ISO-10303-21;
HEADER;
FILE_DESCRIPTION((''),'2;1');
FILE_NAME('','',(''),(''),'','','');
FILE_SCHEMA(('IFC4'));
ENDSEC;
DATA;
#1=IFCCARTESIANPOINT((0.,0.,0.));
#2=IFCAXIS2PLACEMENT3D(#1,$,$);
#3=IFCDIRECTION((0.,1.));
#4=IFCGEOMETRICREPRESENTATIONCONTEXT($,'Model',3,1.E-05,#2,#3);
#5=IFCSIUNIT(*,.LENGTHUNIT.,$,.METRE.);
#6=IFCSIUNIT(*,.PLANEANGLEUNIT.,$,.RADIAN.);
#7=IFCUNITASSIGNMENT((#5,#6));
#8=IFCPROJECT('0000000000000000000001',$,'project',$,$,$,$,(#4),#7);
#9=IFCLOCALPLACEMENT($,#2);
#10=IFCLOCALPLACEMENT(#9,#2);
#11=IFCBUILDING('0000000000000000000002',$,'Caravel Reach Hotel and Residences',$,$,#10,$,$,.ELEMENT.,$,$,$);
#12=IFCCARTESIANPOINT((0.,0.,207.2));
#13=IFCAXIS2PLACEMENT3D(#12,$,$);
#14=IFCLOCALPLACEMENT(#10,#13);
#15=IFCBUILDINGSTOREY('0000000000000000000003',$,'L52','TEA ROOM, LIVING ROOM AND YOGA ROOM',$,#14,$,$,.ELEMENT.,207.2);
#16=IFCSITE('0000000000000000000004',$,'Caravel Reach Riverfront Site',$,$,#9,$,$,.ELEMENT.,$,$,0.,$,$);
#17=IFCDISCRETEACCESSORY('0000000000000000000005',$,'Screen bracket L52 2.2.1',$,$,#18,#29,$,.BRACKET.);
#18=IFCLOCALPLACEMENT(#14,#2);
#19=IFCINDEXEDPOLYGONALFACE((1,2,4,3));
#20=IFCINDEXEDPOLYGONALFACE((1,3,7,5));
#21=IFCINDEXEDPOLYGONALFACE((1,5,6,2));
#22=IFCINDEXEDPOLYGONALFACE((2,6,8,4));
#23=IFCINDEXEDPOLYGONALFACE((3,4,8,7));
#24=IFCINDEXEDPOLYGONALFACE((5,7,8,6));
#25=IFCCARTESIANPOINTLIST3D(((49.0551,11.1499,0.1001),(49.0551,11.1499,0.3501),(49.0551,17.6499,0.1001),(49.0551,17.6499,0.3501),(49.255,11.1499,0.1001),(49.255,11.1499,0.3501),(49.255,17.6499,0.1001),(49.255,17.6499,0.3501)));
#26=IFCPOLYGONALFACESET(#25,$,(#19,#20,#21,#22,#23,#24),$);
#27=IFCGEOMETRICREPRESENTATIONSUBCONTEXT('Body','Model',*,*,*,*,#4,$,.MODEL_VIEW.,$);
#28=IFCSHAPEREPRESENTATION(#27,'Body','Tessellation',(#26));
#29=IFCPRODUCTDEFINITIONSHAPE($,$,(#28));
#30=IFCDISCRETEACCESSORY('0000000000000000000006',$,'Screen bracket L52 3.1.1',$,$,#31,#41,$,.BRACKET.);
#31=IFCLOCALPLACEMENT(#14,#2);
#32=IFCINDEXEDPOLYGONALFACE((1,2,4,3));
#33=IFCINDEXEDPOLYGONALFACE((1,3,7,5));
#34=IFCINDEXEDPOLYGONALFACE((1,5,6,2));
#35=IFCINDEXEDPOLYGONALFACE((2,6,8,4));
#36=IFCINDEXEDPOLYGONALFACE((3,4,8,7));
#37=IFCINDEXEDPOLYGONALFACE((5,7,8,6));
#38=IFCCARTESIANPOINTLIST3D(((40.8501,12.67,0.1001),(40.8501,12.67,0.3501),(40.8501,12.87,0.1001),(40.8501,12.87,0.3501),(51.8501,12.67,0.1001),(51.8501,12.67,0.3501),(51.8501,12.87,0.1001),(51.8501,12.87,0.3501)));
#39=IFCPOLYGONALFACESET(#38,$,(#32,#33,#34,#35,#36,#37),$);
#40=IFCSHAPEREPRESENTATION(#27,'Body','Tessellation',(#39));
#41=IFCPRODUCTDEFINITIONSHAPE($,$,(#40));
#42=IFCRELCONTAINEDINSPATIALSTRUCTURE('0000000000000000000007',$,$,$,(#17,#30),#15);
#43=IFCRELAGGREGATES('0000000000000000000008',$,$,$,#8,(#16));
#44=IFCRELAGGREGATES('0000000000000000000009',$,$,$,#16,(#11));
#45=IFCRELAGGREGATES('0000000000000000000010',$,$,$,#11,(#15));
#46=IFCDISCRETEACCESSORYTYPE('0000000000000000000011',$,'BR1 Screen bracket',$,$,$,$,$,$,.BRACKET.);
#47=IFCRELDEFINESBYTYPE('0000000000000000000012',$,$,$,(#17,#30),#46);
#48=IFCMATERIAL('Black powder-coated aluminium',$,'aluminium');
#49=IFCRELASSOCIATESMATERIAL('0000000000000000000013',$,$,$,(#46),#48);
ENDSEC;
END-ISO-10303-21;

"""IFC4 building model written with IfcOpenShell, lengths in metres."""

from ifc_helpers import new_model, si_unit, direction, frame, origin, origin_2d, place, context, subcontext, project, spatial, rectangle, extrude, material, type_object, element, save


model = new_model("IFC4")

# Units and contexts
model_context = context("Model", 3, precision=1e-05, world=origin(), true_north=direction((0.0, 1.0)))
body_context = subcontext(model_context, "Body", "Model", "MODEL_VIEW")
ifc_project = project(units=[si_unit("LENGTHUNIT", "METRE"), si_unit("PLANEANGLEUNIT", "RADIAN")], contexts=[model_context])

# Site, building, storey
site_placement = place(None, origin())
site = spatial("IfcSite", under=ifc_project, at=site_placement, Name="Caravel Reach Riverfront Site", CompositionType="ELEMENT", RefElevation=0.0)
building_placement = place(site_placement, origin())
building = spatial("IfcBuilding", under=site, at=building_placement, Name="Caravel Reach Hotel and Residences", CompositionType="ELEMENT")
storey_placement = place(building_placement, frame((0.0, 0.0, 207.2)))
storey = spatial("IfcBuildingStorey", under=building, at=storey_placement, Name="L52", Description="TEA ROOM, LIVING ROOM AND YOGA ROOM", CompositionType="ELEMENT", Elevation=207.2)

# Discrete accessories
ifc_material_1 = material(Name="Black powder-coated aluminium", Category="aluminium")
discrete_accessory_type = type_object("IfcDiscreteAccessoryType", Name="BR1 Screen bracket", PredefinedType="BRACKET", material=ifc_material_1)
discrete_accessory_1_placement = place(storey_placement, frame((49.155, 14.3999, 0.1001), z_axis=(0.0, 0.0, 1.0), x_axis=(0.0, -1.0, 0.0)))
element("IfcDiscreteAccessory", 1, at=discrete_accessory_1_placement, inside=storey, type_object=discrete_accessory_type, Name="Screen bracket L52 2.2.1", PredefinedType="BRACKET", context=body_context, shape_type="SweptSolid", body=[
    extrude(rectangle(XDim=6.5, YDim=0.2, at=origin_2d()), origin(), (0.0, 0.0, 1.0), 0.25),
])
discrete_accessory_2_placement = place(storey_placement, frame((46.3501, 12.77, 0.1001), z_axis=(0.0, 0.0, 1.0), x_axis=(1.0, 0.0, 0.0)))
element("IfcDiscreteAccessory", 2, at=discrete_accessory_2_placement, inside=storey, type_object=discrete_accessory_type, Name="Screen bracket L52 3.1.1", PredefinedType="BRACKET", context=body_context, shape_type="SweptSolid", body=[
    extrude(rectangle(XDim=11.0, YDim=0.2, at=origin_2d()), origin(), (0.0, 0.0, 1.0), 0.25),
])

save(model, "model.ifc")
